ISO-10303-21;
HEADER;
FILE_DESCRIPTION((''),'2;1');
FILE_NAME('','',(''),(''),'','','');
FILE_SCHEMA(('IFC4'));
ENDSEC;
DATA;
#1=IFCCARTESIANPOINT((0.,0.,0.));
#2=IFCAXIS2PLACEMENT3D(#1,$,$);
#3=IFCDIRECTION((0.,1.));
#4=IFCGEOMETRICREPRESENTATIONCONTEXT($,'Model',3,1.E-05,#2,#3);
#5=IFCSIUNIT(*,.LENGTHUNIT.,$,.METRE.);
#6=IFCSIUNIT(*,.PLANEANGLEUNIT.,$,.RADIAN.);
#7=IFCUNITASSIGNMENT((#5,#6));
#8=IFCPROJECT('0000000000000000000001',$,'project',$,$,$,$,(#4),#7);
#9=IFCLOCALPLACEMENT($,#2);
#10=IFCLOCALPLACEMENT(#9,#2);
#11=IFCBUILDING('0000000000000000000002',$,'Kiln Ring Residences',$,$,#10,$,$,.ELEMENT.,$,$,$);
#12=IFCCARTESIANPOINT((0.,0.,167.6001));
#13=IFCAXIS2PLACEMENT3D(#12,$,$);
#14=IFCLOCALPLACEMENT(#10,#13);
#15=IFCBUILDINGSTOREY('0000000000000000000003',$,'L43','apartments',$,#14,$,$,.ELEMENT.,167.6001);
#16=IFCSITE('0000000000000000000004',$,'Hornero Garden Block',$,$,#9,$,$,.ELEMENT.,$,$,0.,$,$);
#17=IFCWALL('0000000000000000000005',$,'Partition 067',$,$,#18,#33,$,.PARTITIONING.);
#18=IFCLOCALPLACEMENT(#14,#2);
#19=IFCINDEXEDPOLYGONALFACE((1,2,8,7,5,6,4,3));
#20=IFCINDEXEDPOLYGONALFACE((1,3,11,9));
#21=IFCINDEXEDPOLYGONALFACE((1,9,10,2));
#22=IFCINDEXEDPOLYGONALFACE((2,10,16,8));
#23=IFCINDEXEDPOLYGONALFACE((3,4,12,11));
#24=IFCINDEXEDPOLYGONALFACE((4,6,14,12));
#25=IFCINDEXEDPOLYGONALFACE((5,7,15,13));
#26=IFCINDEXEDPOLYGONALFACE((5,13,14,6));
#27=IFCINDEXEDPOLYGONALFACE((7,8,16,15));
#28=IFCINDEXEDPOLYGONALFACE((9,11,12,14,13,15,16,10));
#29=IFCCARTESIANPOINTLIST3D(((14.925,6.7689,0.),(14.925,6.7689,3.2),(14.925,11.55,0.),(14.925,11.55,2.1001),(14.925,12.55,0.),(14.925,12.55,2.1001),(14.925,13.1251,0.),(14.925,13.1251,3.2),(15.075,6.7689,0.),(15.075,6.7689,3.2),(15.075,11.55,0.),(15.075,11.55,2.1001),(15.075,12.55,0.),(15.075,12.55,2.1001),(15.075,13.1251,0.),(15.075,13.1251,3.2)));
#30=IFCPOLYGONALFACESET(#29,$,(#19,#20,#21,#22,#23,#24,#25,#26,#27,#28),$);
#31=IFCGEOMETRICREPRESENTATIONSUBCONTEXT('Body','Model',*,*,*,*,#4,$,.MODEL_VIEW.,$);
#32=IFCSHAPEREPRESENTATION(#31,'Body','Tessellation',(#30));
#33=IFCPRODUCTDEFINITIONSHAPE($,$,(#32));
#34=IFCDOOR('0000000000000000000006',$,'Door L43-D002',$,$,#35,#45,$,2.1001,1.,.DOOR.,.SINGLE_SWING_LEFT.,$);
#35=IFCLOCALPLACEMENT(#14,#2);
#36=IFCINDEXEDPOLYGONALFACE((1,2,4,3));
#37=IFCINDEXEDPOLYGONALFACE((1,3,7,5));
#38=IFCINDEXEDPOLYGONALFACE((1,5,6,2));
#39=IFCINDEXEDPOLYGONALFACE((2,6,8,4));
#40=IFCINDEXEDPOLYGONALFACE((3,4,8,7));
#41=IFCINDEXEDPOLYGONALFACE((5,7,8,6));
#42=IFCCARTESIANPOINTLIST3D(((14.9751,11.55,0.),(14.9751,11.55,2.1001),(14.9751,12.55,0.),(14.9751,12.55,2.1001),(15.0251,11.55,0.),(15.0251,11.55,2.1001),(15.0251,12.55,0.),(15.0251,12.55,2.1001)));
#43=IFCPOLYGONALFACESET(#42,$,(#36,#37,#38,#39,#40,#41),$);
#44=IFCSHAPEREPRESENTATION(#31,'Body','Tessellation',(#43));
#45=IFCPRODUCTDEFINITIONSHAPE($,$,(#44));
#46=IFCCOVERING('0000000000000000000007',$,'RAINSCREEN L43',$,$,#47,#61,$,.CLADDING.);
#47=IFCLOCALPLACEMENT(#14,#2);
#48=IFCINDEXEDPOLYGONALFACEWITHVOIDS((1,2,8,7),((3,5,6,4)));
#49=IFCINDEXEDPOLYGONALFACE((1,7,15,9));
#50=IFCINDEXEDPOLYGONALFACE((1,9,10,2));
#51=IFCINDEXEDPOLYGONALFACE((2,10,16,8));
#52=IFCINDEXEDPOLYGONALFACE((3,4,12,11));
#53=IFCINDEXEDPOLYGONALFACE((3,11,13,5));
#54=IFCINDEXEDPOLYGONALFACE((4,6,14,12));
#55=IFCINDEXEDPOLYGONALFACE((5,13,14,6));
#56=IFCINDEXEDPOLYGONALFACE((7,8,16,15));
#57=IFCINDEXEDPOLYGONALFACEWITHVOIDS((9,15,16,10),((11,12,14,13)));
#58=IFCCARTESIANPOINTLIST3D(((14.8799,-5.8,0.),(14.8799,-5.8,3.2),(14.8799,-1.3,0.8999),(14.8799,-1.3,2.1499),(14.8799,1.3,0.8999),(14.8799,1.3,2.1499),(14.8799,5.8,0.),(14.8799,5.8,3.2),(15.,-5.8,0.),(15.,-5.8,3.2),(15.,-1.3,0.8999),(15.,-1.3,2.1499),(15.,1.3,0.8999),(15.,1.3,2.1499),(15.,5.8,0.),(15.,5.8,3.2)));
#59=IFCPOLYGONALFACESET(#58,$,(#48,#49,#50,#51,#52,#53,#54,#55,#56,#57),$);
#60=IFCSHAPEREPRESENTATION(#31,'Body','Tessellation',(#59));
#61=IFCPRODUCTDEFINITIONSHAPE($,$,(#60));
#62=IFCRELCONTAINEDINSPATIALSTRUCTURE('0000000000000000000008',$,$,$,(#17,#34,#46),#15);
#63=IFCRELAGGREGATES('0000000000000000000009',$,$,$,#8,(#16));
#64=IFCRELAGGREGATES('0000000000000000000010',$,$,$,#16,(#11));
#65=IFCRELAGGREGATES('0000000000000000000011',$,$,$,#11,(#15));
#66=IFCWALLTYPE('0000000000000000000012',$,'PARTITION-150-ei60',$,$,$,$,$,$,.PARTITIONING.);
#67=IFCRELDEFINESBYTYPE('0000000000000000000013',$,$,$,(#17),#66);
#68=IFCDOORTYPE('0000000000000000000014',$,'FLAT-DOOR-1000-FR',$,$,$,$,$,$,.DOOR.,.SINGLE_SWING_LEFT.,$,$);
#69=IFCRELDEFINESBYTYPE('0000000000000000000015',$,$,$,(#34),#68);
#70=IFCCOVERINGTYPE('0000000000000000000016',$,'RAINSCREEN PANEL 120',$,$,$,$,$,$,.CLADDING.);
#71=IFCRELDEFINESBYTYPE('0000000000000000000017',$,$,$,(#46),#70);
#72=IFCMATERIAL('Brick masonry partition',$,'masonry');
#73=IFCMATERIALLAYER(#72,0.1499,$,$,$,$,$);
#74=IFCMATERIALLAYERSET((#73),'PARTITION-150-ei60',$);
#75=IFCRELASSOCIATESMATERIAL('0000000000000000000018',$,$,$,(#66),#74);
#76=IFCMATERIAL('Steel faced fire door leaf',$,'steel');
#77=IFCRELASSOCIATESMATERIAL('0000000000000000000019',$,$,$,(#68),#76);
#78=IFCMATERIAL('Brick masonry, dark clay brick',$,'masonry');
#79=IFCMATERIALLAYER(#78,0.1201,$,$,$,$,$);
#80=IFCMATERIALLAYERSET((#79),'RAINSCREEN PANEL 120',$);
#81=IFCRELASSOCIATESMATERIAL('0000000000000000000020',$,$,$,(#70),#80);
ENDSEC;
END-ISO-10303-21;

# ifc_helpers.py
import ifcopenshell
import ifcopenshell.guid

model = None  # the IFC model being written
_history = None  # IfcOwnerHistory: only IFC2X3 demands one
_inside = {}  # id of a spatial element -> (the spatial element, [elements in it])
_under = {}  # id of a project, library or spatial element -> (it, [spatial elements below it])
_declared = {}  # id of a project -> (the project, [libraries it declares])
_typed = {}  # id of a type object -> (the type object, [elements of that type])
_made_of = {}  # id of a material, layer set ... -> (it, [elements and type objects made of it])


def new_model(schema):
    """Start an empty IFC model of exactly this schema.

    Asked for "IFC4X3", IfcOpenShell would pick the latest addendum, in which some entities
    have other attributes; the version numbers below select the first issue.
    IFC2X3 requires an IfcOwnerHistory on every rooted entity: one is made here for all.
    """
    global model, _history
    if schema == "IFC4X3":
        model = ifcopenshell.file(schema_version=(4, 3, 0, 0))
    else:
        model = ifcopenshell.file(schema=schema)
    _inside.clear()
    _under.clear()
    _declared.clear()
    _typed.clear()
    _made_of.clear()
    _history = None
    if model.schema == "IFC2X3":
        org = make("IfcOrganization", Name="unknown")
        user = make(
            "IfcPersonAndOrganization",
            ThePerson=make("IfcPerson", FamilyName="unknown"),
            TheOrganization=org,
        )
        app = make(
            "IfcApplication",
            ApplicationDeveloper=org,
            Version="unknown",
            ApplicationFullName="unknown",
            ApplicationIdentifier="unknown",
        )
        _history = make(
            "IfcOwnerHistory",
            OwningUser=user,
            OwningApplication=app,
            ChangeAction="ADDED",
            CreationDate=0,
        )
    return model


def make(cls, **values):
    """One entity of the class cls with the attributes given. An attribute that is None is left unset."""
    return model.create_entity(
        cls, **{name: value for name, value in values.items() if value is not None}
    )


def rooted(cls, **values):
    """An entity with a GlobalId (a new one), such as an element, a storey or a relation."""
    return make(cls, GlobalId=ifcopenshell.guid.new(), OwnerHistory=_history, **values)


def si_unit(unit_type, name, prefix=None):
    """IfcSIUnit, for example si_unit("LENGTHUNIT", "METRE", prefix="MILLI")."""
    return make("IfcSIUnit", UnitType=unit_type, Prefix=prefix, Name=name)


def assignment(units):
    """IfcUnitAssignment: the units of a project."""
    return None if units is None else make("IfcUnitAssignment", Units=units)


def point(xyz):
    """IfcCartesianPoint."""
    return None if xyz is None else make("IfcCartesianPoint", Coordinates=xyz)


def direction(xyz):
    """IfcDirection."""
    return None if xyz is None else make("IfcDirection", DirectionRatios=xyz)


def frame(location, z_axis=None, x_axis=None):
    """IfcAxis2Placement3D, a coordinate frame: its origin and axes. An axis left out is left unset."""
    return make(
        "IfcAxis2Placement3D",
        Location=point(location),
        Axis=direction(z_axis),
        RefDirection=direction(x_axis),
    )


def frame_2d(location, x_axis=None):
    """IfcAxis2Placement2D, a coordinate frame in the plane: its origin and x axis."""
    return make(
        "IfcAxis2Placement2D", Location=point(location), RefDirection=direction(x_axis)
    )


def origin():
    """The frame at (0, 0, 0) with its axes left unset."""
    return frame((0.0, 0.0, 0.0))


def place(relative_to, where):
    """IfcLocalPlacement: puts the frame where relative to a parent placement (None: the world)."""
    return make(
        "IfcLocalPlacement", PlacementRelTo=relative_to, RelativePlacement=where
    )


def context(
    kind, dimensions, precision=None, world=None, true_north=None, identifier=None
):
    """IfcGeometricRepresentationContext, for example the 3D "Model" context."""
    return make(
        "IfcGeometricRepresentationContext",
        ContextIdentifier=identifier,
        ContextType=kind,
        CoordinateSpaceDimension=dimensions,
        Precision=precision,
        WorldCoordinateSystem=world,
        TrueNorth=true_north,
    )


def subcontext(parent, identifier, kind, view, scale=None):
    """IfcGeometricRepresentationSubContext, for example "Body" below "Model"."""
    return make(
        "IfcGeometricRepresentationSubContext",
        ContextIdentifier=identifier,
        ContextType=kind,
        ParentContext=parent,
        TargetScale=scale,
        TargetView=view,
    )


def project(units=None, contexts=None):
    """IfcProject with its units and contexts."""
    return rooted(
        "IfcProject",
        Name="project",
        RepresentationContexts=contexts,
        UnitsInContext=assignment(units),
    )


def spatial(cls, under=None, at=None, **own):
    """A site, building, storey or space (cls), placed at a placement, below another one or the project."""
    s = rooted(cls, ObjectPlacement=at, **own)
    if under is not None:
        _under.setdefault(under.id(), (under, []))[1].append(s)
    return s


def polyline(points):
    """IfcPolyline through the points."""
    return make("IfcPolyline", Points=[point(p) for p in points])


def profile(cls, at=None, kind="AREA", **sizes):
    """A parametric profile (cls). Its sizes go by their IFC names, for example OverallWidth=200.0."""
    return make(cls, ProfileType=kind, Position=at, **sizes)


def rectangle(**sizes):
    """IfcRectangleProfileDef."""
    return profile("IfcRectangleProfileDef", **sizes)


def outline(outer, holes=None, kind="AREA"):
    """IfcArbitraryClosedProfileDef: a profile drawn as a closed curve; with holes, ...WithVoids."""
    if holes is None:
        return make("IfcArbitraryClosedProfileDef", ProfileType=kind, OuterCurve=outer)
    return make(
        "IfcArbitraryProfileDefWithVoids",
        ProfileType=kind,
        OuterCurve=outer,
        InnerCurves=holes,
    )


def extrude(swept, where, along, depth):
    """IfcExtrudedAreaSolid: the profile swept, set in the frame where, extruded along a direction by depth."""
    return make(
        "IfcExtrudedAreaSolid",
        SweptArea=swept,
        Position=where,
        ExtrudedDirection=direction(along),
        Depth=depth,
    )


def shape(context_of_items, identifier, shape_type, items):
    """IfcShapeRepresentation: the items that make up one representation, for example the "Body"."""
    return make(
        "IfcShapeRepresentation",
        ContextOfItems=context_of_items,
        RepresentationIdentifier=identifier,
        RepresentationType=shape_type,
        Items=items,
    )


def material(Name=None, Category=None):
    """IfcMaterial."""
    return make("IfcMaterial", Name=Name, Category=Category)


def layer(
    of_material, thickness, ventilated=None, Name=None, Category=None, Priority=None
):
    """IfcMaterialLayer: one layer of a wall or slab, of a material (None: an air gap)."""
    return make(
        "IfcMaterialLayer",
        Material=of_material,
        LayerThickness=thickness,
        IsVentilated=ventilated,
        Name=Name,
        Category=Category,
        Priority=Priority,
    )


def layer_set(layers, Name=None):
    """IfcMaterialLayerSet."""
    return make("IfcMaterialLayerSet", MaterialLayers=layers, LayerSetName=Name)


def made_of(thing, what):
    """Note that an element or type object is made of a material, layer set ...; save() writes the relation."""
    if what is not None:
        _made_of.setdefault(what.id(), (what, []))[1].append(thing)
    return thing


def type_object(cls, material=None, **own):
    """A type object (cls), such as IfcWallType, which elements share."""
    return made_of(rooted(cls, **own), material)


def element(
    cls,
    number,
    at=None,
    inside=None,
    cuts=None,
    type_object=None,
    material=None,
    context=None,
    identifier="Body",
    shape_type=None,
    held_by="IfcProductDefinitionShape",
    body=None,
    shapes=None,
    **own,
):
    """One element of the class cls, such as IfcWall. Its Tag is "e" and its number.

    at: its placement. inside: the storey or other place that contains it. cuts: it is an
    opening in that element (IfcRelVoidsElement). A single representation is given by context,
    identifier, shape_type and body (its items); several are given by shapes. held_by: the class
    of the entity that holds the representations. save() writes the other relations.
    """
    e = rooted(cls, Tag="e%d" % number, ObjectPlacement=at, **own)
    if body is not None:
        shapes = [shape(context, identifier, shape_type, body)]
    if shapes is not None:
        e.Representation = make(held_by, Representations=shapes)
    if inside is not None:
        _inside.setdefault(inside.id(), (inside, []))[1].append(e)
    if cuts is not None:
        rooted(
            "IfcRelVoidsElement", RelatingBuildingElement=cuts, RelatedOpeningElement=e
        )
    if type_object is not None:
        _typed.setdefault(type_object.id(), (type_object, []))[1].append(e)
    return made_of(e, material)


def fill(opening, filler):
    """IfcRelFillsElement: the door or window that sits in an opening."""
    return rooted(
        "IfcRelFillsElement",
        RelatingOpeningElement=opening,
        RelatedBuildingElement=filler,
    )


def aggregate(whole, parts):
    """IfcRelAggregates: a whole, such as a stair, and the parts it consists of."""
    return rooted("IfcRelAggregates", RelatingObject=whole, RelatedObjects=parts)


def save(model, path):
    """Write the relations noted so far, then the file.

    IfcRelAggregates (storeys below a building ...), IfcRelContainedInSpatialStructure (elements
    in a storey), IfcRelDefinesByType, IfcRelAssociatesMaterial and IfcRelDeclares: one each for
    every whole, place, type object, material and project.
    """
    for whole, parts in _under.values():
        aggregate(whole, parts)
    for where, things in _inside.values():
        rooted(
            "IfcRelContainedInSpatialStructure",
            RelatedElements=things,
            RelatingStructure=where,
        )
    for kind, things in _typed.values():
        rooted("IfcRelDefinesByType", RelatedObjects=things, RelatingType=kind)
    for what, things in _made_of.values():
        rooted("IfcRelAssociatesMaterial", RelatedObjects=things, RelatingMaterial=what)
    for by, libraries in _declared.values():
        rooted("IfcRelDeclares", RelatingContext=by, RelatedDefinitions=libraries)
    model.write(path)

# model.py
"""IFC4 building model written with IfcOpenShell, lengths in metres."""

from ifc_helpers import new_model, si_unit, direction, frame, frame_2d, origin, place, context, subcontext, project, spatial, polyline, rectangle, outline, extrude, material, layer, layer_set, type_object, element, fill, save


model = new_model("IFC4")

# Units and contexts
model_context = context("Model", 3, precision=1e-05, world=origin(), true_north=direction((0.0, 1.0)))
body_context = subcontext(model_context, "Body", "Model", "MODEL_VIEW")
ifc_project = project(units=[si_unit("LENGTHUNIT", "METRE"), si_unit("PLANEANGLEUNIT", "RADIAN")], contexts=[model_context])

# Site, building, storey
site_placement = place(None, origin())
site = spatial("IfcSite", under=ifc_project, at=site_placement, Name="Hornero Garden Block", CompositionType="ELEMENT", RefElevation=0.0)
building_placement = place(site_placement, origin())
building = spatial("IfcBuilding", under=site, at=building_placement, Name="Kiln Ring Residences", CompositionType="ELEMENT")
storey_placement = place(building_placement, frame((0.0, 0.0, 167.6001)))
storey = spatial("IfcBuildingStorey", under=building, at=storey_placement, Name="L43", Description="apartments", CompositionType="ELEMENT", Elevation=167.6001)

# Shared definitions
ifc_material_1 = material(Name="Brick masonry partition", Category="masonry")
ifc_layer_1 = layer(ifc_material_1, 0.1499)
ifc_layer_set_1 = layer_set([ifc_layer_1], Name="PARTITION-150-ei60")
wall_type_1 = type_object("IfcWallType", Name="PARTITION-150-ei60", PredefinedType="PARTITIONING", material=ifc_layer_set_1)

# Wall, opening, door
wall_1_placement = place(storey_placement, frame((15.0, 6.7688, 0.0), z_axis=(0.0, 0.0, 1.0), x_axis=(0.0, 1.0, 0.0)))
wall_1 = element("IfcWall", 1, at=wall_1_placement, inside=storey, type_object=wall_type_1, Name="Partition 067", PredefinedType="PARTITIONING", context=body_context, shape_type="SweptSolid", body=[
    extrude(rectangle(XDim=6.3562, YDim=0.1499, at=frame_2d((3.1782, 0.0))), origin(), (0.0, 0.0, 1.0), 3.2),
])
opening_1_placement = place(wall_1_placement, frame((4.7812, 0.0, 0.0)))
opening_1 = element("IfcOpeningElement", 2, at=opening_1_placement, cuts=wall_1, PredefinedType="OPENING", context=body_context, shape_type="SweptSolid", body=[
    extrude(rectangle(XDim=1.0, YDim=2.1001, at=frame_2d((0.5, 1.05))), frame((0.0, 0.085, 0.0), z_axis=(0.0, -1.0, 0.0), x_axis=(1.0, 0.0, 0.0)), (0.0, 0.0, 1.0), 0.1699),
])
ifc_material_2 = material(Name="Steel faced fire door leaf", Category="steel")
door_type_1 = type_object("IfcDoorType", Name="FLAT-DOOR-1000-FR", OperationType="SINGLE_SWING_LEFT", PredefinedType="DOOR", material=ifc_material_2)
door_1_placement = place(opening_1_placement, origin())
door_1 = element("IfcDoor", 3, at=door_1_placement, inside=storey, type_object=door_type_1, Name="Door L43-D002", OperationType="SINGLE_SWING_LEFT", OverallHeight=2.1001, OverallWidth=1.0, PredefinedType="DOOR", context=body_context, shape_type="SweptSolid", body=[
    extrude(rectangle(XDim=1.0, YDim=2.1001, at=frame_2d((0.5, 1.05))), frame((0.0, 0.0249, 0.0), z_axis=(0.0, -1.0, 0.0), x_axis=(1.0, 0.0, 0.0)), (0.0, 0.0, 1.0), 0.05),
])
fill(opening_1, door_1)

# Covering
ifc_material_3 = material(Name="Brick masonry, dark clay brick", Category="masonry")
ifc_layer_2 = layer(ifc_material_3, 0.1201)
ifc_layer_set_2 = layer_set([ifc_layer_2], Name="RAINSCREEN PANEL 120")
covering_type = type_object("IfcCoveringType", Name="RAINSCREEN PANEL 120", PredefinedType="CLADDING", material=ifc_layer_set_2)
covering_placement = place(storey_placement, frame((14.9399, 5.8, 0.0), z_axis=(0.0, 0.0, 1.0), x_axis=(0.0, -1.0, 0.0)))
element("IfcCovering", 4, at=covering_placement, inside=storey, type_object=covering_type, Name="RAINSCREEN L43", PredefinedType="CLADDING", context=body_context, shape_type="SweptSolid", body=[
    extrude(outline(polyline([(0.0, 0.0), (11.6001, 0.0), (11.6001, 3.2), (0.0, 3.2), (0.0, 0.0)]), holes=[polyline([(4.5, 2.1499), (4.5, 0.8999), (7.1001, 0.8999), (7.1001, 2.1499), (4.5, 2.1499)])]), frame((0.0, 0.0601, 0.0), z_axis=(0.0, -1.0, 0.0), x_axis=(1.0, 0.0, 0.0)), (0.0, 0.0, 1.0), 0.1201),
])

save(model, "model.ifc")
